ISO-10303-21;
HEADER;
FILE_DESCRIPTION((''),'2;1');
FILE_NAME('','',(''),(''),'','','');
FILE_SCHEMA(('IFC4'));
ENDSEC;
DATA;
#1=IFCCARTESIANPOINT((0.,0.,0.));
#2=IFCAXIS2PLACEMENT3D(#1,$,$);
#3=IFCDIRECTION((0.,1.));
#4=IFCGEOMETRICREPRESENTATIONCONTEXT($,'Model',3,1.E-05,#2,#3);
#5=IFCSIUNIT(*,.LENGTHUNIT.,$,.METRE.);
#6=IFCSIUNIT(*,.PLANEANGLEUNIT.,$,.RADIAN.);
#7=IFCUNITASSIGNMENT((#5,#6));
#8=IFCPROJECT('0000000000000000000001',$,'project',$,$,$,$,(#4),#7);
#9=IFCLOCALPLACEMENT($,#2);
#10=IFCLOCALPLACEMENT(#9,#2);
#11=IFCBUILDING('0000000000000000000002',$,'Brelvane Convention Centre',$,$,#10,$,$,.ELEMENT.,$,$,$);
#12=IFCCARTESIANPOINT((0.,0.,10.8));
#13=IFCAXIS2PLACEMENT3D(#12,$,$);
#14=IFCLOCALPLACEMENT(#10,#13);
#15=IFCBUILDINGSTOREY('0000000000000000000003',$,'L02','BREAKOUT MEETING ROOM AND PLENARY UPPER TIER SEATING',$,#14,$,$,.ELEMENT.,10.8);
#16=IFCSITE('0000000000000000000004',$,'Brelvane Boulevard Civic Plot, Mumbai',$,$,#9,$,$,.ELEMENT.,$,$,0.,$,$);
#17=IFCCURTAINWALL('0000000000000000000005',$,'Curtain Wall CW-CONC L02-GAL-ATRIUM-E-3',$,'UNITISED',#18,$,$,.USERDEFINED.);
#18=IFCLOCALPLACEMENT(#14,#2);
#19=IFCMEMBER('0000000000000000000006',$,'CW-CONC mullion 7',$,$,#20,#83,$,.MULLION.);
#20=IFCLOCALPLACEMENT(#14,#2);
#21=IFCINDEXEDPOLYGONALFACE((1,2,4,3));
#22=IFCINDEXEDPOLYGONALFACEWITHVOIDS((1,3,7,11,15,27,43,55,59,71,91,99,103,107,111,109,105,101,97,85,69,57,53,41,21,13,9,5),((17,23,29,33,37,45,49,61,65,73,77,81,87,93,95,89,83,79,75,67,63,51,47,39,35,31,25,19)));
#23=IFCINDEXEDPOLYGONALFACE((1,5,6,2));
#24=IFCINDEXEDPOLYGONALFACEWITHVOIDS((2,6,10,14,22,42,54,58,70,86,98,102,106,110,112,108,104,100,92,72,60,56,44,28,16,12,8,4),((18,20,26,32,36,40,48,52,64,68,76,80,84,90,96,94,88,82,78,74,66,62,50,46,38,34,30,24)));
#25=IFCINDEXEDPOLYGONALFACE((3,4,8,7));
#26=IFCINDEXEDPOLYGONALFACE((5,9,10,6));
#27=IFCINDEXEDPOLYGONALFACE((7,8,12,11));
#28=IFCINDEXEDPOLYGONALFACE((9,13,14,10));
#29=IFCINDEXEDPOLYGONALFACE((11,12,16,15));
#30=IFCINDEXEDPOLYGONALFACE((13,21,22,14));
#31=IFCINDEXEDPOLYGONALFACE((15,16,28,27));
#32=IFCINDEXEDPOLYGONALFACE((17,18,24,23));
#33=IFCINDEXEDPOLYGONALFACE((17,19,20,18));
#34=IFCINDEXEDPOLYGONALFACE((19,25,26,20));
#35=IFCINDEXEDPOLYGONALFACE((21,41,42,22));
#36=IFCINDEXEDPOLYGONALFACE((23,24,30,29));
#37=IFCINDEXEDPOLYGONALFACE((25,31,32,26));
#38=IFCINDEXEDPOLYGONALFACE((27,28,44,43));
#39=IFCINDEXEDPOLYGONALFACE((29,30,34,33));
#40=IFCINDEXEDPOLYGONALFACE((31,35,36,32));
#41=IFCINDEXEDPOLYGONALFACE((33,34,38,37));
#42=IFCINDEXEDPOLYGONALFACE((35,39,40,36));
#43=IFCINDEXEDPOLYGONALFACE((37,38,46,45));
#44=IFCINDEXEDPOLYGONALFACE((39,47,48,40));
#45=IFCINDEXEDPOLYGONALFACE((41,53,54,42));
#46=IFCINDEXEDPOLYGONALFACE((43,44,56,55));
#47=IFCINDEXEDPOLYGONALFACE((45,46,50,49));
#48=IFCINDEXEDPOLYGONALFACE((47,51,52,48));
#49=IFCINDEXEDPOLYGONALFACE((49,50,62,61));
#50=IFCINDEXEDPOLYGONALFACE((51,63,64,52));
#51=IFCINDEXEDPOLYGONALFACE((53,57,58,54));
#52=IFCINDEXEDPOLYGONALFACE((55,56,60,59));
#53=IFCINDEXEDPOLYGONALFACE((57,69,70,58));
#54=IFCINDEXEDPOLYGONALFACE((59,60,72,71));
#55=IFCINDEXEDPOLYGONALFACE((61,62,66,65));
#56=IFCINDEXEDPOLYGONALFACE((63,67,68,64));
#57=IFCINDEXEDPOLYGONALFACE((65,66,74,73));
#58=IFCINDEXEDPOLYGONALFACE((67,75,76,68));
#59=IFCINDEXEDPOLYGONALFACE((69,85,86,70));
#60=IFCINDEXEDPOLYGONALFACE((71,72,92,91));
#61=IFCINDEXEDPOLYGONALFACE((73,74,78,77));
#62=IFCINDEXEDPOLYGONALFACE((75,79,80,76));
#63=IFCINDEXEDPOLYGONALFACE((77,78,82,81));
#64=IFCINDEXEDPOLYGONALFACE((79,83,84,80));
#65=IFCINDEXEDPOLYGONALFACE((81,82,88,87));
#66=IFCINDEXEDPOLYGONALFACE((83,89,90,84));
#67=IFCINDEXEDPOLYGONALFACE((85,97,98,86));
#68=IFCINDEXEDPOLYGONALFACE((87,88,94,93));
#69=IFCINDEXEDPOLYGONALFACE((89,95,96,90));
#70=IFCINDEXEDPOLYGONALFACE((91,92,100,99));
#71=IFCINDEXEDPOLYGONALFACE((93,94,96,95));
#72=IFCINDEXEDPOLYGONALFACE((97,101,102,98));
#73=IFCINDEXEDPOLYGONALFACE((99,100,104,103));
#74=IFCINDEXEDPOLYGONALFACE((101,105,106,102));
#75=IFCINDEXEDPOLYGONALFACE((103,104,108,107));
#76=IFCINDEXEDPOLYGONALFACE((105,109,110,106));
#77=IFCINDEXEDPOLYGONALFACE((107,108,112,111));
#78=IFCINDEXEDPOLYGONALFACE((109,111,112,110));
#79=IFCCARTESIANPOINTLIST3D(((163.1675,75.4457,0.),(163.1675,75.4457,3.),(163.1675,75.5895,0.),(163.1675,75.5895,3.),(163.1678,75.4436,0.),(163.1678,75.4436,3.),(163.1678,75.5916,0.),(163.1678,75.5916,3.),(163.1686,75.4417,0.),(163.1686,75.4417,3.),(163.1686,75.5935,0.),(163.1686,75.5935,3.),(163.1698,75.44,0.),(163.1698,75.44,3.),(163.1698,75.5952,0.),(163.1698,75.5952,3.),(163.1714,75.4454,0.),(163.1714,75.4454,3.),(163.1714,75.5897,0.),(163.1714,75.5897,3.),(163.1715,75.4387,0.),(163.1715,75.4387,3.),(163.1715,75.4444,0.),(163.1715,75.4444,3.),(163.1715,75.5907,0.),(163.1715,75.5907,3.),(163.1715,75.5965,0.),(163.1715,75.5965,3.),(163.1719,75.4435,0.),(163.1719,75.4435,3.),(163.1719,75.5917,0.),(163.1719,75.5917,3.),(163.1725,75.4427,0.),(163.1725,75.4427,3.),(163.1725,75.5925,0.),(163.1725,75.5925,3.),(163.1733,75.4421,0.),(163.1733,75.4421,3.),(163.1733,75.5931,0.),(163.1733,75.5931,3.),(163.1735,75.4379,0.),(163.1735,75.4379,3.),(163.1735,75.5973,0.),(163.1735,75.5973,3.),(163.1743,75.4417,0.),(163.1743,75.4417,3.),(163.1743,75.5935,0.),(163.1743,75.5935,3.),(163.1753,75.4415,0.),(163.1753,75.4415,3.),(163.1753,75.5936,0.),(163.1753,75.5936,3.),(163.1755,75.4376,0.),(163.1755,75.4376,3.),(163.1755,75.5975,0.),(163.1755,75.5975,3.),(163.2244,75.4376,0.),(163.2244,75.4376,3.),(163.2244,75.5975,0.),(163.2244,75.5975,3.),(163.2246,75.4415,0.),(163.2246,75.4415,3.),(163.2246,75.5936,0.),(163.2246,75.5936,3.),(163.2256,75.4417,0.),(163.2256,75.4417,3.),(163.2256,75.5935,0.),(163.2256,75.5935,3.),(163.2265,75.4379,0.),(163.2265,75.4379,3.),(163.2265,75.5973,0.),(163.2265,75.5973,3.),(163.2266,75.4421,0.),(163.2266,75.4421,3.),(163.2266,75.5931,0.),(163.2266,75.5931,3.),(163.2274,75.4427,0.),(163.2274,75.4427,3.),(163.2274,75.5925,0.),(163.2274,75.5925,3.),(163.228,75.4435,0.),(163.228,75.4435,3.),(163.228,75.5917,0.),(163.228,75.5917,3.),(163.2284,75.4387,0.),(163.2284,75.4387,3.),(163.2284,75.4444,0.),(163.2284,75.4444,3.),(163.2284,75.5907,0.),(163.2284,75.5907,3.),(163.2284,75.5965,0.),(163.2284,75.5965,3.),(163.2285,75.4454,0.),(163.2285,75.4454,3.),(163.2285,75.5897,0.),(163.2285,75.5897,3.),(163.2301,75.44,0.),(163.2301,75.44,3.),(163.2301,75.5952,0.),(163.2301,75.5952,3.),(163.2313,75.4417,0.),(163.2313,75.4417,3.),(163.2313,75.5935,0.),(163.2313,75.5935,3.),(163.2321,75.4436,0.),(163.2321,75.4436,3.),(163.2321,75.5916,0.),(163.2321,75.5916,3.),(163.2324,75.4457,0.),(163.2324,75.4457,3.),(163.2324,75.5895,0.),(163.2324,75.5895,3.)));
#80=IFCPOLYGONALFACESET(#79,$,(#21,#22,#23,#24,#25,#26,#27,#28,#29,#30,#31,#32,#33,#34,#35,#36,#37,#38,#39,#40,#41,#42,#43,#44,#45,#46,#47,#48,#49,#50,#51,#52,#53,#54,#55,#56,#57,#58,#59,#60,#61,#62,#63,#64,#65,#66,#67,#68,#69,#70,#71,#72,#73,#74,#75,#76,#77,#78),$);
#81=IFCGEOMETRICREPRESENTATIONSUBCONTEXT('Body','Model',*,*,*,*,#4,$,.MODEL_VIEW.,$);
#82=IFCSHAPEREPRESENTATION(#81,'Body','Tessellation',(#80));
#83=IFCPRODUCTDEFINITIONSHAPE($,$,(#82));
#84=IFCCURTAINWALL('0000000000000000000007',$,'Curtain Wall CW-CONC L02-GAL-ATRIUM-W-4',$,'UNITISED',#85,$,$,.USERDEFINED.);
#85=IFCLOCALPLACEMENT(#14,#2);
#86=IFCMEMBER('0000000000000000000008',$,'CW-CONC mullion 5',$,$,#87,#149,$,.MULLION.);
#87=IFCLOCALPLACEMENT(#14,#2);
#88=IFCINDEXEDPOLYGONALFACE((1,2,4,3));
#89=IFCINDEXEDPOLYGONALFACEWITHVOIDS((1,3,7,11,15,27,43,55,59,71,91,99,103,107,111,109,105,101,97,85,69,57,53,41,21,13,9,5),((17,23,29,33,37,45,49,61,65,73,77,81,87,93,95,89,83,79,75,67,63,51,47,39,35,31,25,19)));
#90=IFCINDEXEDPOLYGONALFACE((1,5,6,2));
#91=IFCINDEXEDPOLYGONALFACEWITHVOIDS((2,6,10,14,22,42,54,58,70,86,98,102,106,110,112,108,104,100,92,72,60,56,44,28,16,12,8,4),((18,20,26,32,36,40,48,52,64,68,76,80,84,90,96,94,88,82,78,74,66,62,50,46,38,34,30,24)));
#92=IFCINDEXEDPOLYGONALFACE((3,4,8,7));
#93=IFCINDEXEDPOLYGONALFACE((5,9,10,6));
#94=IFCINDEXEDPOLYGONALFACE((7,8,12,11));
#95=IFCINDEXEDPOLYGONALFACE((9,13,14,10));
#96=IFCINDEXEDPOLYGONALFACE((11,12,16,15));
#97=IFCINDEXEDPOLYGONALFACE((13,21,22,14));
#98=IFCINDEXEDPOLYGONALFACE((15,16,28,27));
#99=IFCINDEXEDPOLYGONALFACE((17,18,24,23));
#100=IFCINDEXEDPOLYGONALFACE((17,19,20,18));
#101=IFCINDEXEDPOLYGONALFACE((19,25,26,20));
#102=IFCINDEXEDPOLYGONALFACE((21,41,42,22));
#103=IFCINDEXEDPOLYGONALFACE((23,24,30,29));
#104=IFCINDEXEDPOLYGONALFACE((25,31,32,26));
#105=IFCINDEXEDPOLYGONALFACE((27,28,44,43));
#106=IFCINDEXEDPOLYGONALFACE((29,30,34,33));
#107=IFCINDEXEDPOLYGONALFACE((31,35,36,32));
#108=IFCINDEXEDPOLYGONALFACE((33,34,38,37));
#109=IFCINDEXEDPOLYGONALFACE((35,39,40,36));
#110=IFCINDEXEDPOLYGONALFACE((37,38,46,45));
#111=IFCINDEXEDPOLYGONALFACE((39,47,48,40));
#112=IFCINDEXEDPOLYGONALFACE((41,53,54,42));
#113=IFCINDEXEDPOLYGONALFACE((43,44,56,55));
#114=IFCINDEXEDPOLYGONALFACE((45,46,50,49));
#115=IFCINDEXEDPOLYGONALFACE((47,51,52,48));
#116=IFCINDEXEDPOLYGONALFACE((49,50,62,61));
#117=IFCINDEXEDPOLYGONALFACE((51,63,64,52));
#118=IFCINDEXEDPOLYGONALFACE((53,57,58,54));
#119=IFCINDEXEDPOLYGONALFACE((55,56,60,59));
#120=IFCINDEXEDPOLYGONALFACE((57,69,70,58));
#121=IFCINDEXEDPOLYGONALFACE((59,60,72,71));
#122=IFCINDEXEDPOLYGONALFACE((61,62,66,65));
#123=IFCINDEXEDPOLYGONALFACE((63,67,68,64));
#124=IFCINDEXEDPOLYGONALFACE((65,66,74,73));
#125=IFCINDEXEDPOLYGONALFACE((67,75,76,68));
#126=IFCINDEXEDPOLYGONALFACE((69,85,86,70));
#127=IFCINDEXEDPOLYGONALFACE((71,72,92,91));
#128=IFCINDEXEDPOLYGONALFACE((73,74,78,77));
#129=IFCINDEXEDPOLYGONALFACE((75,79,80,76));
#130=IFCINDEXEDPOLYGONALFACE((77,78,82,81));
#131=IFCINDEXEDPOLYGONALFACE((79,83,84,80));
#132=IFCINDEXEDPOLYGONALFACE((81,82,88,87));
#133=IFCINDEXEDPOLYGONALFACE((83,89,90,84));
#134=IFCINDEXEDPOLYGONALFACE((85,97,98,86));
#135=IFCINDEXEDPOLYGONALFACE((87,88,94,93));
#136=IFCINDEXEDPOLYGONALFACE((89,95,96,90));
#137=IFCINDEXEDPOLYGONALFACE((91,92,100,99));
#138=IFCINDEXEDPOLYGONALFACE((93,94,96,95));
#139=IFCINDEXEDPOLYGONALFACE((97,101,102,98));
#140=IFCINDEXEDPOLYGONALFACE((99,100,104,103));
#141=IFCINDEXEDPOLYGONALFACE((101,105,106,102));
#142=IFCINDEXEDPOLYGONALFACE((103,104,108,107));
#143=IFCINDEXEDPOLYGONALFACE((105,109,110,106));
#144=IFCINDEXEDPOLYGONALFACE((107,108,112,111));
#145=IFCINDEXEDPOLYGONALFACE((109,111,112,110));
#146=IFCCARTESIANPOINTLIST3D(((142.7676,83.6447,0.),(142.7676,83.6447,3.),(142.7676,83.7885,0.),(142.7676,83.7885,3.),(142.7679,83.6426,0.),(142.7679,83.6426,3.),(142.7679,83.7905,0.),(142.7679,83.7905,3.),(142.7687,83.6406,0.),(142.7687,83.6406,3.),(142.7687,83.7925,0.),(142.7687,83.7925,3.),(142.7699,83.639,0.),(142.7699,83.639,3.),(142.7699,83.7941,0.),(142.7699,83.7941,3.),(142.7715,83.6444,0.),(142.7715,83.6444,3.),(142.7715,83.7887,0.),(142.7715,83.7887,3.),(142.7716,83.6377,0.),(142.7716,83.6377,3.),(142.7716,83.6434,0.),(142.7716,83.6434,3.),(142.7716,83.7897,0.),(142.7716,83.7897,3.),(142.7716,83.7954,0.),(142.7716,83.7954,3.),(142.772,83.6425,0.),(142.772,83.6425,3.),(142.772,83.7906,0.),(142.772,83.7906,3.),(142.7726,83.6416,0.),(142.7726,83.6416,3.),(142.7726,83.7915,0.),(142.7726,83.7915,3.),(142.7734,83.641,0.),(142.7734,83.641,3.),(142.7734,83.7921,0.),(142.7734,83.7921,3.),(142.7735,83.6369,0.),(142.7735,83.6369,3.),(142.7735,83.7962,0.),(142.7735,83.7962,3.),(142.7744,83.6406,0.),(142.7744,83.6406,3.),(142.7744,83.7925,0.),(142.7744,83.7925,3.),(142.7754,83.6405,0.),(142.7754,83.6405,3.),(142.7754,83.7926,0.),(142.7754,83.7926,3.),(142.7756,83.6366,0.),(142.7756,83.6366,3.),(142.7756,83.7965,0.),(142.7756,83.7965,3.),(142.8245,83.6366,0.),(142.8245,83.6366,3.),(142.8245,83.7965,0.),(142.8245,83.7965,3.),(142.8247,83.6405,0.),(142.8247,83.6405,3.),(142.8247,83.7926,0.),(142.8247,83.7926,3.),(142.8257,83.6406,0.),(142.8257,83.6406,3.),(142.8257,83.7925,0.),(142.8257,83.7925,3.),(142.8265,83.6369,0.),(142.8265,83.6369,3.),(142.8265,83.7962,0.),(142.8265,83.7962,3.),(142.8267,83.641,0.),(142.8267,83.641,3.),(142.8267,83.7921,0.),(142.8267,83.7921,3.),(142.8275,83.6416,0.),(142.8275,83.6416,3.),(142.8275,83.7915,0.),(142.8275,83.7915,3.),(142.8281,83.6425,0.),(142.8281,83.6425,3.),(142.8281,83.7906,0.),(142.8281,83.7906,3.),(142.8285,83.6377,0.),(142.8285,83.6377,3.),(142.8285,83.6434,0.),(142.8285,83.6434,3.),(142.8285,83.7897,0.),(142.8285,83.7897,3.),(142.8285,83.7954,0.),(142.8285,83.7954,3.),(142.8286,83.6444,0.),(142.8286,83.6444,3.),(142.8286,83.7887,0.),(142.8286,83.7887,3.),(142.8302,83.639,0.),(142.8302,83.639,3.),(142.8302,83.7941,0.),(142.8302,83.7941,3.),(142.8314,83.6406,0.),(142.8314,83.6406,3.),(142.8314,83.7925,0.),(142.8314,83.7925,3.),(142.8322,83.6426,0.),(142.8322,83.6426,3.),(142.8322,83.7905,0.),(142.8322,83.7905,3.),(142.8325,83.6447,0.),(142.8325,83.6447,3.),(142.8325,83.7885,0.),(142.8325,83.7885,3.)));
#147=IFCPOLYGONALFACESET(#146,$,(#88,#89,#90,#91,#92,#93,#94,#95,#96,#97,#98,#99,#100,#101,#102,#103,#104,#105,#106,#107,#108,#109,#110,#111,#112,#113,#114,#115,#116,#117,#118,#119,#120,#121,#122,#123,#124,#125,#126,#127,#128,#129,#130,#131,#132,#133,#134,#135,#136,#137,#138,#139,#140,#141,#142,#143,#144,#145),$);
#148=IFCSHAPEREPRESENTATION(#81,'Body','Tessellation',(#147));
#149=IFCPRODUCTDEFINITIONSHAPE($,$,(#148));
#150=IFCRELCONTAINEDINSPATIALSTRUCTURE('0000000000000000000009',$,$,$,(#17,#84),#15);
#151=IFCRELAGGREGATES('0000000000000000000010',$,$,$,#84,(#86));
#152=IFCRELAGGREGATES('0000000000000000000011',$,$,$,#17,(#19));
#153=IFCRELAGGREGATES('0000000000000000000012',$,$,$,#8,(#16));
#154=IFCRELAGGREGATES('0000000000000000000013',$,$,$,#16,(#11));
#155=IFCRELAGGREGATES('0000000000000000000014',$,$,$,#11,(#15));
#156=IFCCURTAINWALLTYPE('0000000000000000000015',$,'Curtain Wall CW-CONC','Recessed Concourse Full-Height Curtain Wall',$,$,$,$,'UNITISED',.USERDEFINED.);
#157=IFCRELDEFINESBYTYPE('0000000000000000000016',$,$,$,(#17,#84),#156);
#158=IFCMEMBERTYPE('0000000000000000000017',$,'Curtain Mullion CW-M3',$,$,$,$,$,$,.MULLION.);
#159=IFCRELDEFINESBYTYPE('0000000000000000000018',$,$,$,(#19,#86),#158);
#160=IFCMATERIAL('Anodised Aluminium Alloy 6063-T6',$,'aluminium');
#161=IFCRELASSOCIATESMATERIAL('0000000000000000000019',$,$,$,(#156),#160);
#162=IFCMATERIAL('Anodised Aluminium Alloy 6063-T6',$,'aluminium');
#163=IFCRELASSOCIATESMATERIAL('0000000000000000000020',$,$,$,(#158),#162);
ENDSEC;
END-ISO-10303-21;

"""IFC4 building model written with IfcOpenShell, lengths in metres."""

from ifc_helpers import new_model, si_unit, direction, frame, origin, origin_2d, place, context, subcontext, project, spatial, hollow_rectangle, extrude, material, material_profile, profile_set, type_object, element, aggregate, save


model = new_model("IFC4")

# Units and contexts
model_context = context("Model", 3, precision=1e-05, world=origin(), true_north=direction((0.0, 1.0)))
body_context = subcontext(model_context, "Body", "Model", "MODEL_VIEW")
ifc_project = project(units=[si_unit("LENGTHUNIT", "METRE"), si_unit("PLANEANGLEUNIT", "RADIAN")], contexts=[model_context])

# Site, building, storey
site_placement = place(None, origin())
site = spatial("IfcSite", under=ifc_project, at=site_placement, Name="Brelvane Boulevard Civic Plot, Mumbai", CompositionType="ELEMENT", RefElevation=0.0)
building_placement = place(site_placement, origin())
building = spatial("IfcBuilding", under=site, at=building_placement, Name="Brelvane Convention Centre", CompositionType="ELEMENT")
storey_placement = place(building_placement, frame((0.0, 0.0, 10.8)))
storey = spatial("IfcBuildingStorey", under=building, at=storey_placement, Name="L02", Description="BREAKOUT MEETING ROOM AND PLENARY UPPER TIER SEATING", CompositionType="ELEMENT", Elevation=10.8)

# Curtain walls, members
ifc_material_1 = material(Name="Anodised Aluminium Alloy 6063-T6", Category="aluminium")
curtain_wall_type = type_object("IfcCurtainWallType", Name="Curtain Wall CW-CONC", Description="Recessed Concourse Full-Height Curtain Wall", ElementType="UNITISED", PredefinedType="USERDEFINED", material=ifc_material_1)
curtain_wall_1_placement = place(storey_placement, origin())
curtain_wall_1 = element("IfcCurtainWall", 1, at=curtain_wall_1_placement, inside=storey, type_object=curtain_wall_type, Name="Curtain Wall CW-CONC L02-GAL-ATRIUM-E-3", ObjectType="UNITISED", PredefinedType="USERDEFINED")
ifc_material_2 = material(Name="Anodised Aluminium Alloy 6063-T6", Category="aluminium")
ifc_material_profile_1 = material_profile(ifc_material_2, hollow_rectangle(XDim=0.0649, YDim=0.1599, WallThickness=0.0039, InnerFilletRadius=0.0039, OuterFilletRadius=0.0081, at=origin_2d()), Name="ALU-M 160x65x4.0")
ifc_profile_set_1 = profile_set([ifc_material_profile_1], Name="Anodised Aluminium Alloy 6063-T6")
member_type_1 = type_object("IfcMemberType", Name="Curtain Mullion CW-M3", PredefinedType="MULLION", material=ifc_profile_set_1)
member_1_placement = place(storey_placement, frame((163.2, 75.5176, 0.0), z_axis=(0.0, 0.0, 1.0), x_axis=(-1.0, 0.0, 0.0)))
member_1 = element("IfcMember", 2, at=member_1_placement, type_object=member_type_1, Name="CW-CONC mullion 7", PredefinedType="MULLION", context=body_context, shape_type="SweptSolid", body=[
    extrude(hollow_rectangle(XDim=0.0649, YDim=0.1599, WallThickness=0.0039, InnerFilletRadius=0.0039, OuterFilletRadius=0.0081, at=origin_2d()), origin(), (0.0, 0.0, 1.0), 3.0),
])
curtain_wall_2_placement = place(storey_placement, origin())
curtain_wall_2 = element("IfcCurtainWall", 3, at=curtain_wall_2_placement, inside=storey, type_object=curtain_wall_type, Name="Curtain Wall CW-CONC L02-GAL-ATRIUM-W-4", ObjectType="UNITISED", PredefinedType="USERDEFINED")
member_2_placement = place(storey_placement, frame((142.8, 83.7166, 0.0), z_axis=(0.0, 0.0, 1.0), x_axis=(-1.0, 0.0, 0.0)))
member_2 = element("IfcMember", 4, at=member_2_placement, type_object=member_type_1, Name="CW-CONC mullion 5", PredefinedType="MULLION", context=body_context, shape_type="SweptSolid", body=[
    extrude(hollow_rectangle(XDim=0.0649, YDim=0.1599, WallThickness=0.0039, InnerFilletRadius=0.0039, OuterFilletRadius=0.0081, at=origin_2d()), origin(), (0.0, 0.0, 1.0), 3.0),
])

aggregate(curtain_wall_2, [member_2])
aggregate(curtain_wall_1, [member_1])

save(model, "model.ifc")
